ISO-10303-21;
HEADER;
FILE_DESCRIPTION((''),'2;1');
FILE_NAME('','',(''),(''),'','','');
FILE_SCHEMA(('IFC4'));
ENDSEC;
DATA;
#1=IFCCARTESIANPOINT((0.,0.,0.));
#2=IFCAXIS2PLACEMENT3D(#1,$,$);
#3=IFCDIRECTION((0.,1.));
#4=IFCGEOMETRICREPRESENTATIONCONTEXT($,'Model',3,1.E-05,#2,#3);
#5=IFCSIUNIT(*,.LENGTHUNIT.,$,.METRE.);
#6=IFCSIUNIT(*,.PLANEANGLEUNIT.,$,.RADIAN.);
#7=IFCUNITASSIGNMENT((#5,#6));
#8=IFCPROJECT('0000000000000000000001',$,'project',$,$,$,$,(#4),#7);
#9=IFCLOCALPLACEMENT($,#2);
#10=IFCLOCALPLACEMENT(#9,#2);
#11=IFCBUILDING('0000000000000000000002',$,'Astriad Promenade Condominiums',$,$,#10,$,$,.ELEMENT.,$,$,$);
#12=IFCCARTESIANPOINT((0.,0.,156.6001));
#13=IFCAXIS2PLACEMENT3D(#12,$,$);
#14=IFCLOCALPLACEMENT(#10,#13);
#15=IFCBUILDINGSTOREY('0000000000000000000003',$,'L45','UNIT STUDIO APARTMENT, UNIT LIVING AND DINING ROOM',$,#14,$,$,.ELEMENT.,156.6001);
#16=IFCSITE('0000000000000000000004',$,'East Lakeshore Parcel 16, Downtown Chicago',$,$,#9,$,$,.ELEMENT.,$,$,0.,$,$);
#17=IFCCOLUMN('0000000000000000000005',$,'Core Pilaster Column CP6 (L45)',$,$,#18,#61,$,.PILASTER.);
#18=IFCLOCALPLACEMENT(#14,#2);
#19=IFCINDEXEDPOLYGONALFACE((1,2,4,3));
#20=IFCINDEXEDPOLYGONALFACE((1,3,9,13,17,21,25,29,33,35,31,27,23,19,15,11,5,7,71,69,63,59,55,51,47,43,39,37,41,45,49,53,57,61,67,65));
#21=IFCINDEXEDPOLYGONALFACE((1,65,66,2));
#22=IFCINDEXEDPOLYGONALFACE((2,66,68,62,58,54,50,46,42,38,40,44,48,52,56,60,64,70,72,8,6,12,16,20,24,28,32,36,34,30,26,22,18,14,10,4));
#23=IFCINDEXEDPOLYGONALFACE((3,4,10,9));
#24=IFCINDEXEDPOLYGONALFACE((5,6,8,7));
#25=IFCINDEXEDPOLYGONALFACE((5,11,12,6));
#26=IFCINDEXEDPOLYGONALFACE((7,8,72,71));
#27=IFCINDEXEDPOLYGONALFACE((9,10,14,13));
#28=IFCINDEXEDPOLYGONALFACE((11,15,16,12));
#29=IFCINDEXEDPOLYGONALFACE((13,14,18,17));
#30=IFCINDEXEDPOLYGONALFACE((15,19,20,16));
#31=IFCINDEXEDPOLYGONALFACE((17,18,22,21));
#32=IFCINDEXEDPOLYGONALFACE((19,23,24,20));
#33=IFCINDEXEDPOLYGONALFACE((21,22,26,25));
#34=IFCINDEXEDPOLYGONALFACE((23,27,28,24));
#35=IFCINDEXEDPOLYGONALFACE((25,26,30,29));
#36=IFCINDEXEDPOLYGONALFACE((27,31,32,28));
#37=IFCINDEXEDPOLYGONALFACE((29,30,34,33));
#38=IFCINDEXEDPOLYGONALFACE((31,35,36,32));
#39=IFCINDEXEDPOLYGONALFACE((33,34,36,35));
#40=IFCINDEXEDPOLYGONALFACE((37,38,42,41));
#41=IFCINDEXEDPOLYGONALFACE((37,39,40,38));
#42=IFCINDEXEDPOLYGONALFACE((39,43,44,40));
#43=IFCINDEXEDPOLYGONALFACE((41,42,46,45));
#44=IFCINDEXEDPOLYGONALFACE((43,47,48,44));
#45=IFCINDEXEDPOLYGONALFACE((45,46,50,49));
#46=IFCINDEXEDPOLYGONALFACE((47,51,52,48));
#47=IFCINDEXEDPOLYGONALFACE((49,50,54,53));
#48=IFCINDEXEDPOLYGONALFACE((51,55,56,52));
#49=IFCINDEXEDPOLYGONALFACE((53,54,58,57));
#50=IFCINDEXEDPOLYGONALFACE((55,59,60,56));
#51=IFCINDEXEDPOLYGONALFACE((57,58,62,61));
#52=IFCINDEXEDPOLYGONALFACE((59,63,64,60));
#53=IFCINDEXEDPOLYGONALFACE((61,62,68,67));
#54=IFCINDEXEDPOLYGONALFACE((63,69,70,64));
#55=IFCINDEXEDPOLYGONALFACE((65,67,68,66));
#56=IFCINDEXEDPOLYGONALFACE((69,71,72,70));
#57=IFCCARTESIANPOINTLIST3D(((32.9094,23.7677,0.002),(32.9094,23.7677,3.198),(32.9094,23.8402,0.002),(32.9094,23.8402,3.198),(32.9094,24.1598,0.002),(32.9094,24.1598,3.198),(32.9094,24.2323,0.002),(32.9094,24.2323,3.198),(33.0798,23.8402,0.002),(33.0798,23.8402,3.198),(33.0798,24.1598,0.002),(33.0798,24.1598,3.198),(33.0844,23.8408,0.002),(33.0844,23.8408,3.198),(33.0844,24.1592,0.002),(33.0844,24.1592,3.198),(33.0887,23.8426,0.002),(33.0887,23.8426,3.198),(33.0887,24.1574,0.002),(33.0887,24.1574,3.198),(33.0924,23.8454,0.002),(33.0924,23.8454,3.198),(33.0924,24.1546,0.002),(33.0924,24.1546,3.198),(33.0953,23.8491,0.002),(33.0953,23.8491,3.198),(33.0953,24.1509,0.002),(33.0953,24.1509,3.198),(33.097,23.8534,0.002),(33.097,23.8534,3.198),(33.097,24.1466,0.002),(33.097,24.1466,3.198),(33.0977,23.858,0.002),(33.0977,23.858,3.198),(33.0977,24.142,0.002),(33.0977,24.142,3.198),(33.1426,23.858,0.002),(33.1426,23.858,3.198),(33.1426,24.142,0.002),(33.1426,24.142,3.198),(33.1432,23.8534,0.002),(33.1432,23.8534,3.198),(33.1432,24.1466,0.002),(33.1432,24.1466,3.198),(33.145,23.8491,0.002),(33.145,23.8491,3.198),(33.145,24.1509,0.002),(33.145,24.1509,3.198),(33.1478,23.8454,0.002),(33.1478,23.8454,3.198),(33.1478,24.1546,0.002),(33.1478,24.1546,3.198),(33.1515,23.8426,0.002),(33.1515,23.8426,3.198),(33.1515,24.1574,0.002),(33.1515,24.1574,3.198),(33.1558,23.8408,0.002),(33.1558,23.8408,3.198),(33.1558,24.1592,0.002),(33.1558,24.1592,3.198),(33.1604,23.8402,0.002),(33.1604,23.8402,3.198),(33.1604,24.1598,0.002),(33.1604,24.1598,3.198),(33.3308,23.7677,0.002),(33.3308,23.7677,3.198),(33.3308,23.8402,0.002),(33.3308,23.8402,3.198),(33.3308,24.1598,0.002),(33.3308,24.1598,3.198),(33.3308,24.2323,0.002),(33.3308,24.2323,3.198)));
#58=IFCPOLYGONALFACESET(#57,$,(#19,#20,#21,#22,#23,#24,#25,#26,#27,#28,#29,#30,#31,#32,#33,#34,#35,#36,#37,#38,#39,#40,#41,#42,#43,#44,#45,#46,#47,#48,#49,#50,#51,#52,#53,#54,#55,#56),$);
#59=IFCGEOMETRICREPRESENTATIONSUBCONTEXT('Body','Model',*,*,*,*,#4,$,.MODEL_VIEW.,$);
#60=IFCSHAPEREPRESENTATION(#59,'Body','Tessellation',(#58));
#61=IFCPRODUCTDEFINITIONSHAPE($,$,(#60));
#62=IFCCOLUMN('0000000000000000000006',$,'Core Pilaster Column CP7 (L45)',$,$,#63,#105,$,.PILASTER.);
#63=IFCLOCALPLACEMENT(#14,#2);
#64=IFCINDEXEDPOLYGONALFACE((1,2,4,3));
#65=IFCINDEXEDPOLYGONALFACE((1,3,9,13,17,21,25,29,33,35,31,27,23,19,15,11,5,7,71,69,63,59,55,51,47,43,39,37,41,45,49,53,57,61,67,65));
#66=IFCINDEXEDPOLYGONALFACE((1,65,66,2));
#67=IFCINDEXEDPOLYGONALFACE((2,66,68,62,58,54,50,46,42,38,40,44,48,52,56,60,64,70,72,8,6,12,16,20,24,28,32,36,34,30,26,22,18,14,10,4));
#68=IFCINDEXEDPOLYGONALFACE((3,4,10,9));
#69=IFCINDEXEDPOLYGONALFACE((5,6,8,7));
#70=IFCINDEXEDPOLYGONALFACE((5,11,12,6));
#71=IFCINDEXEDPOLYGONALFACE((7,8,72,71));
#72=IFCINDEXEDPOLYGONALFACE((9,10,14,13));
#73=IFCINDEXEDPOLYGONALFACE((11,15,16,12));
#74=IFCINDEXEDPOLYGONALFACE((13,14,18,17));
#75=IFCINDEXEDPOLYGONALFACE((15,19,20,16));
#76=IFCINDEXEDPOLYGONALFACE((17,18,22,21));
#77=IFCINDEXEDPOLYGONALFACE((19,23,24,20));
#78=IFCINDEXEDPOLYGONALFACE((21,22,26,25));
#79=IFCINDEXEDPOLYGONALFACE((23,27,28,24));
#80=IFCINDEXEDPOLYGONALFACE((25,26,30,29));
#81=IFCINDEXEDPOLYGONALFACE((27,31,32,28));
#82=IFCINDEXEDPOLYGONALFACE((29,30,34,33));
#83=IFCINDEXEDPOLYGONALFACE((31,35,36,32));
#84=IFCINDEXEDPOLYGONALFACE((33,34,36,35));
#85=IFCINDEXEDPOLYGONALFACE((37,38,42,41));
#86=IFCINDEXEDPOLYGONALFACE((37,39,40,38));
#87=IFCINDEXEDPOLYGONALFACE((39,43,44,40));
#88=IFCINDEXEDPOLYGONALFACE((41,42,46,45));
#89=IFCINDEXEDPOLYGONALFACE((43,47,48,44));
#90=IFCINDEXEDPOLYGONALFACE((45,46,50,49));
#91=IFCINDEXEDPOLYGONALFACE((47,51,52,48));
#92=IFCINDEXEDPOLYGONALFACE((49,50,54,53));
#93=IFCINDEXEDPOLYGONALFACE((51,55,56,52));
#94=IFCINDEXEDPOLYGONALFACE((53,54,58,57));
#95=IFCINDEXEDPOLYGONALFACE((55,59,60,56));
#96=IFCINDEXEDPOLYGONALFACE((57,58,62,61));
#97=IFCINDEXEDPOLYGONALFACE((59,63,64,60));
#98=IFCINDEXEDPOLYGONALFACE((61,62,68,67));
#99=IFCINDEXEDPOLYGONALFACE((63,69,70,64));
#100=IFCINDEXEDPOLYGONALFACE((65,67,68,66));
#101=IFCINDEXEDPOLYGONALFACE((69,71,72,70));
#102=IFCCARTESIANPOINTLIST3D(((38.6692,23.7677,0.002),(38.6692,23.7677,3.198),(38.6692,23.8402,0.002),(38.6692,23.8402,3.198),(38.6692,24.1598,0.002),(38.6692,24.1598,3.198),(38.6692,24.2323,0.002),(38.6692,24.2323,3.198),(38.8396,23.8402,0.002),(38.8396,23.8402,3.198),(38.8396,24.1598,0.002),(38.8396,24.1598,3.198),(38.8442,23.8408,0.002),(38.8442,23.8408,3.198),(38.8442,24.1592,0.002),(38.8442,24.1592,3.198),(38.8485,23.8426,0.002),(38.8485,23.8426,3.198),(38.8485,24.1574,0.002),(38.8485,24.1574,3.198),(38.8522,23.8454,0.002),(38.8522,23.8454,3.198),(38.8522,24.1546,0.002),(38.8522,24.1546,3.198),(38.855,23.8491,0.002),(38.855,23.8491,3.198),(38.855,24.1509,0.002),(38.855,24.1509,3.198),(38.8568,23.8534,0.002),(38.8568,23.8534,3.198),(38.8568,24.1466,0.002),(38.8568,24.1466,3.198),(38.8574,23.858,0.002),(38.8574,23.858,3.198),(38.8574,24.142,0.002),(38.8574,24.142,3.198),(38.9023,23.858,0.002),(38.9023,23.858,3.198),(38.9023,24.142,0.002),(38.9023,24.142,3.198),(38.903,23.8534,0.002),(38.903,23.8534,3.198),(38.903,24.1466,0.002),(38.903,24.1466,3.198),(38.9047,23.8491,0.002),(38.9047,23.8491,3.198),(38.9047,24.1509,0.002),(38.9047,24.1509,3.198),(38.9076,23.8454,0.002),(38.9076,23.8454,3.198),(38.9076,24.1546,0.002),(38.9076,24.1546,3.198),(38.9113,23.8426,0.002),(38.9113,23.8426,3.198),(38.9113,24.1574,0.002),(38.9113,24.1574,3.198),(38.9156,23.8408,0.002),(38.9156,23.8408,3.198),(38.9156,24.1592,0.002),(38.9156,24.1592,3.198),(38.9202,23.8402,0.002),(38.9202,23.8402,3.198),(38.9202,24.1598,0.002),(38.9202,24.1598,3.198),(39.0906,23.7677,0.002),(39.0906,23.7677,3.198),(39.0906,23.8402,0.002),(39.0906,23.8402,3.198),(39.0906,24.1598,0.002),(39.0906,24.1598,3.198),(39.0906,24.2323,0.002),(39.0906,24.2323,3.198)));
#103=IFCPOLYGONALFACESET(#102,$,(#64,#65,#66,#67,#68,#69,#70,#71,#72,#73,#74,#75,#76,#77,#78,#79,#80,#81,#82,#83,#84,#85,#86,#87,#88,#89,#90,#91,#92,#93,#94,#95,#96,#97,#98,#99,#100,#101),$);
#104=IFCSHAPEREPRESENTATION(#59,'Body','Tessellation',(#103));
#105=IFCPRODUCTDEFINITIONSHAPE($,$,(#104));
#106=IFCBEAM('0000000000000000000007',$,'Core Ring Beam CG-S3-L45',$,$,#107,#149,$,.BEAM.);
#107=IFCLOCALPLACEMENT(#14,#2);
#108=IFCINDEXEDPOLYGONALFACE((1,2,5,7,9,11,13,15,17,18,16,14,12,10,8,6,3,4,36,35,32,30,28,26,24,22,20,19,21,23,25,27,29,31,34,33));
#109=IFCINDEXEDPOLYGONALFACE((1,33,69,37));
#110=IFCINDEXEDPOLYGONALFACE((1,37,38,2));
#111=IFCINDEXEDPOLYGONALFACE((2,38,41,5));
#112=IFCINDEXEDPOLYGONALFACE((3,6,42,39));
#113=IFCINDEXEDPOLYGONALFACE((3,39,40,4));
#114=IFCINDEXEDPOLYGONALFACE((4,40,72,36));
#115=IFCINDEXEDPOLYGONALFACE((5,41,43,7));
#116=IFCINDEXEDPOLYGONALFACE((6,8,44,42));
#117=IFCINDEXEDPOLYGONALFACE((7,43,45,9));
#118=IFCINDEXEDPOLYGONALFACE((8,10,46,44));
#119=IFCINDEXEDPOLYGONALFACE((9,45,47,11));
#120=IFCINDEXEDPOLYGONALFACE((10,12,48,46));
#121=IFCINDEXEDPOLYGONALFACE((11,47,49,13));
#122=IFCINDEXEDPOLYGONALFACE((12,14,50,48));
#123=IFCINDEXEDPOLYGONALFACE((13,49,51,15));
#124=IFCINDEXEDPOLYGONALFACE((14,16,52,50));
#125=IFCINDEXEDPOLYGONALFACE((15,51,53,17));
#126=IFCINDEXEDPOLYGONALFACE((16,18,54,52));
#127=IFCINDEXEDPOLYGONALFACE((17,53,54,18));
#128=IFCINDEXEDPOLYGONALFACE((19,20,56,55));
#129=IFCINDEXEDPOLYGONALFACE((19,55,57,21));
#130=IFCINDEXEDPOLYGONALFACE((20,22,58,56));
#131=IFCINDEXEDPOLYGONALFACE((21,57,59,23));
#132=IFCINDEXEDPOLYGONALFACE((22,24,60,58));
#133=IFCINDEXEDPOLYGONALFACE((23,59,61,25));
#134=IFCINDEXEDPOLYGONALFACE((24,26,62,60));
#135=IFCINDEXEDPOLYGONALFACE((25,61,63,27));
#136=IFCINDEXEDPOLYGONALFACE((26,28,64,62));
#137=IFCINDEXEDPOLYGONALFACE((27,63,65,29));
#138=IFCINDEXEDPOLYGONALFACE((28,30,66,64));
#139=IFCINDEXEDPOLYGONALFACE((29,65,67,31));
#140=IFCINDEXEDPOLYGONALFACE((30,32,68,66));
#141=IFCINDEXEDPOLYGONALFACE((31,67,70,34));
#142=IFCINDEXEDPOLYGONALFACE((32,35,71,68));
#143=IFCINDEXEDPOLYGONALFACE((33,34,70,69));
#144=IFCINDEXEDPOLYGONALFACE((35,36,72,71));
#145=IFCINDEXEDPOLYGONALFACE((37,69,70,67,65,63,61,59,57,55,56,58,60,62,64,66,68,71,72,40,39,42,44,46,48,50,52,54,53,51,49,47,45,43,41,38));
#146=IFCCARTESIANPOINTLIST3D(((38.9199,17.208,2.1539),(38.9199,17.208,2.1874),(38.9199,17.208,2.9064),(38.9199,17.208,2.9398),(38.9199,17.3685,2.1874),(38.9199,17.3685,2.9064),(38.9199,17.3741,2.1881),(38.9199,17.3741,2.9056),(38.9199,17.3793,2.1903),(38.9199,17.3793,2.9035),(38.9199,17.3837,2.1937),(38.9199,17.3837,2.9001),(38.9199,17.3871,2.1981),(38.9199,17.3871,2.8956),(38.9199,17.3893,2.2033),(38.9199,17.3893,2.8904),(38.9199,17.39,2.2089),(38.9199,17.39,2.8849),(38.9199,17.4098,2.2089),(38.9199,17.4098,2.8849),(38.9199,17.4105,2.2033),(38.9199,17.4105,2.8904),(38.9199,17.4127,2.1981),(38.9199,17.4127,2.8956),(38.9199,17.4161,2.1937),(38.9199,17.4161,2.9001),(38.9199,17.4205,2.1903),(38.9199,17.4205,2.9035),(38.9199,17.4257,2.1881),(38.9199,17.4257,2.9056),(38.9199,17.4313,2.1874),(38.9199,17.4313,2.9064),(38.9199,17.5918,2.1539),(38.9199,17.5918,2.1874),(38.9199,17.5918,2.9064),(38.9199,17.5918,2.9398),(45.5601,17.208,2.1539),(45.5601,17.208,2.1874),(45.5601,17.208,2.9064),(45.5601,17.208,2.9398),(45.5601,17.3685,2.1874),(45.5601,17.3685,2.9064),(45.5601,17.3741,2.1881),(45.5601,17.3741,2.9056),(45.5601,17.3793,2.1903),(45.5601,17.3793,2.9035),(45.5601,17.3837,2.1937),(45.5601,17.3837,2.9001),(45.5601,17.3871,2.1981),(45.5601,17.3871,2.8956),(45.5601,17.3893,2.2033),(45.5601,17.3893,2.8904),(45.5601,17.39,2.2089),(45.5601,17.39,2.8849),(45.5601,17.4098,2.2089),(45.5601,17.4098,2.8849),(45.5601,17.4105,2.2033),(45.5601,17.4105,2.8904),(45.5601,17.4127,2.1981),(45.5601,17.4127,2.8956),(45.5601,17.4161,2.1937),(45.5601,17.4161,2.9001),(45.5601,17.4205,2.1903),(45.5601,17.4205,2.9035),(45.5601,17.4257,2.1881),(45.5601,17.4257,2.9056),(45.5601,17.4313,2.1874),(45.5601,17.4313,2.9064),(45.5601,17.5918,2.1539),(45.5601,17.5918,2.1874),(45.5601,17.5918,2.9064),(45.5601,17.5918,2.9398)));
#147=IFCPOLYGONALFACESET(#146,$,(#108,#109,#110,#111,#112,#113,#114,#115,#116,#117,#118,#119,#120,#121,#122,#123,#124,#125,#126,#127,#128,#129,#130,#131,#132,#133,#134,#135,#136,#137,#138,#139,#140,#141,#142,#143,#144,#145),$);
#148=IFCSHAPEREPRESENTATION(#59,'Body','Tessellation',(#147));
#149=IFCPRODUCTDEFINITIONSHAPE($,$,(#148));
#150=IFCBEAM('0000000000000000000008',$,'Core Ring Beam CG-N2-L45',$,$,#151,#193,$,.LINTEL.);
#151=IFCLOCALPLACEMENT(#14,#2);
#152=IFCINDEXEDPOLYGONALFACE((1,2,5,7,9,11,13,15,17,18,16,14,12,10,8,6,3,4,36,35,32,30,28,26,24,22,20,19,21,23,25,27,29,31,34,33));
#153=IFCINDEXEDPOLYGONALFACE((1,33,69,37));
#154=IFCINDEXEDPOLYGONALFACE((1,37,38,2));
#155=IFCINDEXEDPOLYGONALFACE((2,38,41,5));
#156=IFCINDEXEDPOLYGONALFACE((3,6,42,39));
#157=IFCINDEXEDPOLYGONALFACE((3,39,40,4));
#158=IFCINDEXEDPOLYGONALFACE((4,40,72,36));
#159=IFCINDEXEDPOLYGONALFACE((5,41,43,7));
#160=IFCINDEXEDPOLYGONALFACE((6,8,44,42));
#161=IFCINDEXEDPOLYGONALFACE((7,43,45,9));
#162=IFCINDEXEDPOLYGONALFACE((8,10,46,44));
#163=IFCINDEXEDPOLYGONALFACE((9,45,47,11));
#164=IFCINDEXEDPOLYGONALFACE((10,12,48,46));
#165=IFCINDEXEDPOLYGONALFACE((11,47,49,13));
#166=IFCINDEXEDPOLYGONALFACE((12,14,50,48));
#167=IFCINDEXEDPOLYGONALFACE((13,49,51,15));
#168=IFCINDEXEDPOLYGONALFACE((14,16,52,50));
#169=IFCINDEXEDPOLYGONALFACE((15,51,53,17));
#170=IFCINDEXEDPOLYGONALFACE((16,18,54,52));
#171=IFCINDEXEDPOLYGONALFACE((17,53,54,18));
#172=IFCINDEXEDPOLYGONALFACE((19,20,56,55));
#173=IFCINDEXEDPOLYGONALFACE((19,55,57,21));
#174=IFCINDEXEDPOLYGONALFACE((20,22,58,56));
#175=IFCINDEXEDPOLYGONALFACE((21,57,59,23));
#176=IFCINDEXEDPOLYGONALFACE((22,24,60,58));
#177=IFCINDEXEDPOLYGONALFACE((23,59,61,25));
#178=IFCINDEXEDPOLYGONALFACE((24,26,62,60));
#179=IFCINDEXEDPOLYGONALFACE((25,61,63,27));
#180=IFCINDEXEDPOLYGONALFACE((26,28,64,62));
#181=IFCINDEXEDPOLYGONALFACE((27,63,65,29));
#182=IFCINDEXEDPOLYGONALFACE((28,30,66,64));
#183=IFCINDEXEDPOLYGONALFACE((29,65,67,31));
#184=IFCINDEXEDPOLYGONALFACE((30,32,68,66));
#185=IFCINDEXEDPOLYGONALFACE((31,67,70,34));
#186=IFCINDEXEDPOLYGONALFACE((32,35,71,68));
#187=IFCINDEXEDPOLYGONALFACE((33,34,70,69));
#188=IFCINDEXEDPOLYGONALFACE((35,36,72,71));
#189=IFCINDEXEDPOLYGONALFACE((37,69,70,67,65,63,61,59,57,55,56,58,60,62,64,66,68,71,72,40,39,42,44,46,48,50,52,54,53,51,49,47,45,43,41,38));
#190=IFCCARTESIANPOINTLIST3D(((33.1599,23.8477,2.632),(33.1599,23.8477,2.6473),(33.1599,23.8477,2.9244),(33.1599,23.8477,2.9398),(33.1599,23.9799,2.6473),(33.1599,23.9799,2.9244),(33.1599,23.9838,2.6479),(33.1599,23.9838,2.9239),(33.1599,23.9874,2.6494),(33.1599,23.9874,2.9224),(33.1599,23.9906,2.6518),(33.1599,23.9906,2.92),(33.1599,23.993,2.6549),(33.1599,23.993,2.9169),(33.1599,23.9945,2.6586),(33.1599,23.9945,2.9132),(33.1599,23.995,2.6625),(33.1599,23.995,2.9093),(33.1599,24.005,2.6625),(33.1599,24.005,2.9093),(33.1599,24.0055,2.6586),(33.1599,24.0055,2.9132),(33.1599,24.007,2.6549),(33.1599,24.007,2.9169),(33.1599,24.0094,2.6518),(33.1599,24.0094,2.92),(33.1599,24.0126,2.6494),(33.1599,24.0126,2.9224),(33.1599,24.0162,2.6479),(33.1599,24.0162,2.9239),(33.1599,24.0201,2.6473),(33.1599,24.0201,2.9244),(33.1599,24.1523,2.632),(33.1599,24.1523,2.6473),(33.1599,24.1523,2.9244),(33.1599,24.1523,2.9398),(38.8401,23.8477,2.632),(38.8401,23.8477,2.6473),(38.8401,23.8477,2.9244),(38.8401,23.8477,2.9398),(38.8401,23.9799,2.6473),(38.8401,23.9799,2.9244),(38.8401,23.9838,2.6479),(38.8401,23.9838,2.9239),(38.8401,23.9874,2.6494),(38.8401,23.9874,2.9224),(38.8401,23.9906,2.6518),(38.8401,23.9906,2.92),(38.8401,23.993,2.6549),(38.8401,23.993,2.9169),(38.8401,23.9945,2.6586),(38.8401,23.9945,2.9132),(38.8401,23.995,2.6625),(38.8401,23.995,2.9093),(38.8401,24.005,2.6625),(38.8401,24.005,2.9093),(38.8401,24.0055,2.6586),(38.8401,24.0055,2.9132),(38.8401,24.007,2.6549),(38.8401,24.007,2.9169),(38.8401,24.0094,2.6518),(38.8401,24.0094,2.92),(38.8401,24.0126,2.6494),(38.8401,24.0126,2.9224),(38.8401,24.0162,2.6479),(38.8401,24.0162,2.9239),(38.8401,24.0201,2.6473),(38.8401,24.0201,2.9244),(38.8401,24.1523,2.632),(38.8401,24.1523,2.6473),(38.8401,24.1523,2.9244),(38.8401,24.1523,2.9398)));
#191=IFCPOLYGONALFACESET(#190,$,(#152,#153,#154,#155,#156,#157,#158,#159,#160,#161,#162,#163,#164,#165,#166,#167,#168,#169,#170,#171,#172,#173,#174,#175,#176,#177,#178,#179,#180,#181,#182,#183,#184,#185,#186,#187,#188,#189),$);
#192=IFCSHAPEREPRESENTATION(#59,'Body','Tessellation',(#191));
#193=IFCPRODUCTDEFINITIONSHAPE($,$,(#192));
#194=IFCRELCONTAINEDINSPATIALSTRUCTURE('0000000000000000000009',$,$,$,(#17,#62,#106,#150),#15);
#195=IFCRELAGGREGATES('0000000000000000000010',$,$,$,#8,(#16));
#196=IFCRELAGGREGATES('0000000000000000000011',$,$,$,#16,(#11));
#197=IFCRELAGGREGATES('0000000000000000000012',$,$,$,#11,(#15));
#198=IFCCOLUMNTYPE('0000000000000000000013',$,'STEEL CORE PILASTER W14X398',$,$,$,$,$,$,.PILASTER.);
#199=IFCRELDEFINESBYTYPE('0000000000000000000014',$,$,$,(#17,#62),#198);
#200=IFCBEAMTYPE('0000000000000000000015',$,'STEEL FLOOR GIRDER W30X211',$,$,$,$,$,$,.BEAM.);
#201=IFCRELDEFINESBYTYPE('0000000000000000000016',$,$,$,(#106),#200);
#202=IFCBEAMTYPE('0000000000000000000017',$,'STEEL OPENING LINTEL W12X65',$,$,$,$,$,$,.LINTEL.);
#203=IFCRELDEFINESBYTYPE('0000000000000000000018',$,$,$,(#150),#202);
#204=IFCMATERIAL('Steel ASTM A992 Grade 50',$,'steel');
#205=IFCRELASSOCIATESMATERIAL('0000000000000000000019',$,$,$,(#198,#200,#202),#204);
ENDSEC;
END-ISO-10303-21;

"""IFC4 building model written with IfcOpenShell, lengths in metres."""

from ifc_helpers import new_model, si_unit, direction, frame, origin, origin_2d, place, context, subcontext, project, spatial, i_section, extrude, source, transform, mapped, material, material_profile, profile_set, type_object, type_shapes, element, save


model = new_model("IFC4")

# Units and contexts
model_context = context("Model", 3, precision=1e-05, world=origin(), true_north=direction((0.0, 1.0)))
body_context = subcontext(model_context, "Body", "Model", "MODEL_VIEW")
ifc_project = project(units=[si_unit("LENGTHUNIT", "METRE"), si_unit("PLANEANGLEUNIT", "RADIAN")], contexts=[model_context])

# Site, building, storey
site_placement = place(None, origin())
site = spatial("IfcSite", under=ifc_project, at=site_placement, Name="East Lakeshore Parcel 16, Downtown Chicago", CompositionType="ELEMENT", RefElevation=0.0)
building_placement = place(site_placement, origin())
building = spatial("IfcBuilding", under=site, at=building_placement, Name="Astriad Promenade Condominiums", CompositionType="ELEMENT")
storey_placement = place(building_placement, frame((0.0, 0.0, 156.6001)))
storey = spatial("IfcBuildingStorey", under=building, at=storey_placement, Name="L45", Description="UNIT STUDIO APARTMENT, UNIT LIVING AND DINING ROOM", CompositionType="ELEMENT", Elevation=156.6001)

# Columns
ifc_material_1 = material(Name="Steel ASTM A992 Grade 50", Category="steel")
ifc_material_profile_1 = material_profile(ifc_material_1, i_section(OverallWidth=0.4214, OverallDepth=0.4646, WebThickness=0.0449, FlangeThickness=0.0725, FilletRadius=0.0178, at=origin_2d()), Name="W14X398")
ifc_profile_set_1 = profile_set([ifc_material_profile_1], Name="Steel ASTM A992 Grade 50")
column_type = type_object("IfcColumnType", Name="STEEL CORE PILASTER W14X398", PredefinedType="PILASTER", material=ifc_profile_set_1)
shared_shape_1 = source(origin(), body_context, "Body", "SweptSolid", [
    extrude(i_section(OverallWidth=0.4214, OverallDepth=0.4646, WebThickness=0.0449, FlangeThickness=0.0725, FilletRadius=0.0178, at=origin_2d()), origin(), (0.0, 0.0, 1.0), 3.196),
])
type_shapes(column_type, [shared_shape_1])
for number, where, z_axis, x_axis, name in (
    (1, (33.1201, 24.0, 0.002), (0.0, 0.0, 1.0), (1.0, 0.0, 0.0), "Core Pilaster Column CP6 (L45)"),
    (2, (38.8799, 24.0, 0.002), (0.0, 0.0, 1.0), (1.0, 0.0, 0.0), "Core Pilaster Column CP7 (L45)"),
):
    element("IfcColumn", number, at=place(storey_placement, frame(where, z_axis=z_axis, x_axis=x_axis)), inside=storey, type_object=column_type, Name=name, PredefinedType="PILASTER", context=body_context, shape_type="MappedRepresentation", body=[
        mapped(shared_shape_1, transform((0.0, 0.0, 0.0), scale=1.0)),
    ])

# Beams
ifc_material_profile_2 = material_profile(ifc_material_1, i_section(OverallWidth=0.3838, OverallDepth=0.7859, WebThickness=0.0198, FlangeThickness=0.0334, FilletRadius=0.0215, at=origin_2d()), Name="W30X211")
ifc_profile_set_2 = profile_set([ifc_material_profile_2], Name="Steel ASTM A992 Grade 50")
beam_type_1 = type_object("IfcBeamType", Name="STEEL FLOOR GIRDER W30X211", PredefinedType="BEAM", material=ifc_profile_set_2)
shared_shape_2 = source(origin(), body_context, "Body", "SweptSolid", [
    extrude(i_section(OverallWidth=0.3838, OverallDepth=0.7859, WebThickness=0.0198, FlangeThickness=0.0334, FilletRadius=0.0215, at=origin_2d()), origin(), (0.0, 0.0, 1.0), 6.6401),
])
type_shapes(beam_type_1, [shared_shape_2])
beam_1_placement = place(storey_placement, frame((38.9199, 17.3999, 2.5469), z_axis=(1.0, 0.0, 0.0), x_axis=(0.0, 1.0, 0.0)))
element("IfcBeam", 3, at=beam_1_placement, inside=storey, type_object=beam_type_1, Name="Core Ring Beam CG-S3-L45", PredefinedType="BEAM", context=body_context, shape_type="MappedRepresentation", body=[
    mapped(shared_shape_2, transform((0.0, 0.0, 0.0), scale=1.0)),
])
ifc_material_profile_3 = material_profile(ifc_material_1, i_section(OverallWidth=0.3047, OverallDepth=0.3079, WebThickness=0.01, FlangeThickness=0.0154, FilletRadius=0.0151, at=origin_2d()), Name="W12X65")
ifc_profile_set_3 = profile_set([ifc_material_profile_3], Name="Steel ASTM A992 Grade 50")
beam_type_2 = type_object("IfcBeamType", Name="STEEL OPENING LINTEL W12X65", PredefinedType="LINTEL", material=ifc_profile_set_3)
shared_shape_3 = source(origin(), body_context, "Body", "SweptSolid", [
    extrude(i_section(OverallWidth=0.3047, OverallDepth=0.3079, WebThickness=0.01, FlangeThickness=0.0154, FilletRadius=0.0151, at=origin_2d()), origin(), (0.0, 0.0, 1.0), 5.6802),
])
type_shapes(beam_type_2, [shared_shape_3])
beam_2_placement = place(storey_placement, frame((33.1599, 24.0, 2.7859), z_axis=(1.0, 0.0, 0.0), x_axis=(0.0, 1.0, 0.0)))
element("IfcBeam", 4, at=beam_2_placement, inside=storey, type_object=beam_type_2, Name="Core Ring Beam CG-N2-L45", PredefinedType="LINTEL", context=body_context, shape_type="MappedRepresentation", body=[
    mapped(shared_shape_3, transform((0.0, 0.0, 0.0), scale=1.0)),
])

save(model, "model.ifc")
